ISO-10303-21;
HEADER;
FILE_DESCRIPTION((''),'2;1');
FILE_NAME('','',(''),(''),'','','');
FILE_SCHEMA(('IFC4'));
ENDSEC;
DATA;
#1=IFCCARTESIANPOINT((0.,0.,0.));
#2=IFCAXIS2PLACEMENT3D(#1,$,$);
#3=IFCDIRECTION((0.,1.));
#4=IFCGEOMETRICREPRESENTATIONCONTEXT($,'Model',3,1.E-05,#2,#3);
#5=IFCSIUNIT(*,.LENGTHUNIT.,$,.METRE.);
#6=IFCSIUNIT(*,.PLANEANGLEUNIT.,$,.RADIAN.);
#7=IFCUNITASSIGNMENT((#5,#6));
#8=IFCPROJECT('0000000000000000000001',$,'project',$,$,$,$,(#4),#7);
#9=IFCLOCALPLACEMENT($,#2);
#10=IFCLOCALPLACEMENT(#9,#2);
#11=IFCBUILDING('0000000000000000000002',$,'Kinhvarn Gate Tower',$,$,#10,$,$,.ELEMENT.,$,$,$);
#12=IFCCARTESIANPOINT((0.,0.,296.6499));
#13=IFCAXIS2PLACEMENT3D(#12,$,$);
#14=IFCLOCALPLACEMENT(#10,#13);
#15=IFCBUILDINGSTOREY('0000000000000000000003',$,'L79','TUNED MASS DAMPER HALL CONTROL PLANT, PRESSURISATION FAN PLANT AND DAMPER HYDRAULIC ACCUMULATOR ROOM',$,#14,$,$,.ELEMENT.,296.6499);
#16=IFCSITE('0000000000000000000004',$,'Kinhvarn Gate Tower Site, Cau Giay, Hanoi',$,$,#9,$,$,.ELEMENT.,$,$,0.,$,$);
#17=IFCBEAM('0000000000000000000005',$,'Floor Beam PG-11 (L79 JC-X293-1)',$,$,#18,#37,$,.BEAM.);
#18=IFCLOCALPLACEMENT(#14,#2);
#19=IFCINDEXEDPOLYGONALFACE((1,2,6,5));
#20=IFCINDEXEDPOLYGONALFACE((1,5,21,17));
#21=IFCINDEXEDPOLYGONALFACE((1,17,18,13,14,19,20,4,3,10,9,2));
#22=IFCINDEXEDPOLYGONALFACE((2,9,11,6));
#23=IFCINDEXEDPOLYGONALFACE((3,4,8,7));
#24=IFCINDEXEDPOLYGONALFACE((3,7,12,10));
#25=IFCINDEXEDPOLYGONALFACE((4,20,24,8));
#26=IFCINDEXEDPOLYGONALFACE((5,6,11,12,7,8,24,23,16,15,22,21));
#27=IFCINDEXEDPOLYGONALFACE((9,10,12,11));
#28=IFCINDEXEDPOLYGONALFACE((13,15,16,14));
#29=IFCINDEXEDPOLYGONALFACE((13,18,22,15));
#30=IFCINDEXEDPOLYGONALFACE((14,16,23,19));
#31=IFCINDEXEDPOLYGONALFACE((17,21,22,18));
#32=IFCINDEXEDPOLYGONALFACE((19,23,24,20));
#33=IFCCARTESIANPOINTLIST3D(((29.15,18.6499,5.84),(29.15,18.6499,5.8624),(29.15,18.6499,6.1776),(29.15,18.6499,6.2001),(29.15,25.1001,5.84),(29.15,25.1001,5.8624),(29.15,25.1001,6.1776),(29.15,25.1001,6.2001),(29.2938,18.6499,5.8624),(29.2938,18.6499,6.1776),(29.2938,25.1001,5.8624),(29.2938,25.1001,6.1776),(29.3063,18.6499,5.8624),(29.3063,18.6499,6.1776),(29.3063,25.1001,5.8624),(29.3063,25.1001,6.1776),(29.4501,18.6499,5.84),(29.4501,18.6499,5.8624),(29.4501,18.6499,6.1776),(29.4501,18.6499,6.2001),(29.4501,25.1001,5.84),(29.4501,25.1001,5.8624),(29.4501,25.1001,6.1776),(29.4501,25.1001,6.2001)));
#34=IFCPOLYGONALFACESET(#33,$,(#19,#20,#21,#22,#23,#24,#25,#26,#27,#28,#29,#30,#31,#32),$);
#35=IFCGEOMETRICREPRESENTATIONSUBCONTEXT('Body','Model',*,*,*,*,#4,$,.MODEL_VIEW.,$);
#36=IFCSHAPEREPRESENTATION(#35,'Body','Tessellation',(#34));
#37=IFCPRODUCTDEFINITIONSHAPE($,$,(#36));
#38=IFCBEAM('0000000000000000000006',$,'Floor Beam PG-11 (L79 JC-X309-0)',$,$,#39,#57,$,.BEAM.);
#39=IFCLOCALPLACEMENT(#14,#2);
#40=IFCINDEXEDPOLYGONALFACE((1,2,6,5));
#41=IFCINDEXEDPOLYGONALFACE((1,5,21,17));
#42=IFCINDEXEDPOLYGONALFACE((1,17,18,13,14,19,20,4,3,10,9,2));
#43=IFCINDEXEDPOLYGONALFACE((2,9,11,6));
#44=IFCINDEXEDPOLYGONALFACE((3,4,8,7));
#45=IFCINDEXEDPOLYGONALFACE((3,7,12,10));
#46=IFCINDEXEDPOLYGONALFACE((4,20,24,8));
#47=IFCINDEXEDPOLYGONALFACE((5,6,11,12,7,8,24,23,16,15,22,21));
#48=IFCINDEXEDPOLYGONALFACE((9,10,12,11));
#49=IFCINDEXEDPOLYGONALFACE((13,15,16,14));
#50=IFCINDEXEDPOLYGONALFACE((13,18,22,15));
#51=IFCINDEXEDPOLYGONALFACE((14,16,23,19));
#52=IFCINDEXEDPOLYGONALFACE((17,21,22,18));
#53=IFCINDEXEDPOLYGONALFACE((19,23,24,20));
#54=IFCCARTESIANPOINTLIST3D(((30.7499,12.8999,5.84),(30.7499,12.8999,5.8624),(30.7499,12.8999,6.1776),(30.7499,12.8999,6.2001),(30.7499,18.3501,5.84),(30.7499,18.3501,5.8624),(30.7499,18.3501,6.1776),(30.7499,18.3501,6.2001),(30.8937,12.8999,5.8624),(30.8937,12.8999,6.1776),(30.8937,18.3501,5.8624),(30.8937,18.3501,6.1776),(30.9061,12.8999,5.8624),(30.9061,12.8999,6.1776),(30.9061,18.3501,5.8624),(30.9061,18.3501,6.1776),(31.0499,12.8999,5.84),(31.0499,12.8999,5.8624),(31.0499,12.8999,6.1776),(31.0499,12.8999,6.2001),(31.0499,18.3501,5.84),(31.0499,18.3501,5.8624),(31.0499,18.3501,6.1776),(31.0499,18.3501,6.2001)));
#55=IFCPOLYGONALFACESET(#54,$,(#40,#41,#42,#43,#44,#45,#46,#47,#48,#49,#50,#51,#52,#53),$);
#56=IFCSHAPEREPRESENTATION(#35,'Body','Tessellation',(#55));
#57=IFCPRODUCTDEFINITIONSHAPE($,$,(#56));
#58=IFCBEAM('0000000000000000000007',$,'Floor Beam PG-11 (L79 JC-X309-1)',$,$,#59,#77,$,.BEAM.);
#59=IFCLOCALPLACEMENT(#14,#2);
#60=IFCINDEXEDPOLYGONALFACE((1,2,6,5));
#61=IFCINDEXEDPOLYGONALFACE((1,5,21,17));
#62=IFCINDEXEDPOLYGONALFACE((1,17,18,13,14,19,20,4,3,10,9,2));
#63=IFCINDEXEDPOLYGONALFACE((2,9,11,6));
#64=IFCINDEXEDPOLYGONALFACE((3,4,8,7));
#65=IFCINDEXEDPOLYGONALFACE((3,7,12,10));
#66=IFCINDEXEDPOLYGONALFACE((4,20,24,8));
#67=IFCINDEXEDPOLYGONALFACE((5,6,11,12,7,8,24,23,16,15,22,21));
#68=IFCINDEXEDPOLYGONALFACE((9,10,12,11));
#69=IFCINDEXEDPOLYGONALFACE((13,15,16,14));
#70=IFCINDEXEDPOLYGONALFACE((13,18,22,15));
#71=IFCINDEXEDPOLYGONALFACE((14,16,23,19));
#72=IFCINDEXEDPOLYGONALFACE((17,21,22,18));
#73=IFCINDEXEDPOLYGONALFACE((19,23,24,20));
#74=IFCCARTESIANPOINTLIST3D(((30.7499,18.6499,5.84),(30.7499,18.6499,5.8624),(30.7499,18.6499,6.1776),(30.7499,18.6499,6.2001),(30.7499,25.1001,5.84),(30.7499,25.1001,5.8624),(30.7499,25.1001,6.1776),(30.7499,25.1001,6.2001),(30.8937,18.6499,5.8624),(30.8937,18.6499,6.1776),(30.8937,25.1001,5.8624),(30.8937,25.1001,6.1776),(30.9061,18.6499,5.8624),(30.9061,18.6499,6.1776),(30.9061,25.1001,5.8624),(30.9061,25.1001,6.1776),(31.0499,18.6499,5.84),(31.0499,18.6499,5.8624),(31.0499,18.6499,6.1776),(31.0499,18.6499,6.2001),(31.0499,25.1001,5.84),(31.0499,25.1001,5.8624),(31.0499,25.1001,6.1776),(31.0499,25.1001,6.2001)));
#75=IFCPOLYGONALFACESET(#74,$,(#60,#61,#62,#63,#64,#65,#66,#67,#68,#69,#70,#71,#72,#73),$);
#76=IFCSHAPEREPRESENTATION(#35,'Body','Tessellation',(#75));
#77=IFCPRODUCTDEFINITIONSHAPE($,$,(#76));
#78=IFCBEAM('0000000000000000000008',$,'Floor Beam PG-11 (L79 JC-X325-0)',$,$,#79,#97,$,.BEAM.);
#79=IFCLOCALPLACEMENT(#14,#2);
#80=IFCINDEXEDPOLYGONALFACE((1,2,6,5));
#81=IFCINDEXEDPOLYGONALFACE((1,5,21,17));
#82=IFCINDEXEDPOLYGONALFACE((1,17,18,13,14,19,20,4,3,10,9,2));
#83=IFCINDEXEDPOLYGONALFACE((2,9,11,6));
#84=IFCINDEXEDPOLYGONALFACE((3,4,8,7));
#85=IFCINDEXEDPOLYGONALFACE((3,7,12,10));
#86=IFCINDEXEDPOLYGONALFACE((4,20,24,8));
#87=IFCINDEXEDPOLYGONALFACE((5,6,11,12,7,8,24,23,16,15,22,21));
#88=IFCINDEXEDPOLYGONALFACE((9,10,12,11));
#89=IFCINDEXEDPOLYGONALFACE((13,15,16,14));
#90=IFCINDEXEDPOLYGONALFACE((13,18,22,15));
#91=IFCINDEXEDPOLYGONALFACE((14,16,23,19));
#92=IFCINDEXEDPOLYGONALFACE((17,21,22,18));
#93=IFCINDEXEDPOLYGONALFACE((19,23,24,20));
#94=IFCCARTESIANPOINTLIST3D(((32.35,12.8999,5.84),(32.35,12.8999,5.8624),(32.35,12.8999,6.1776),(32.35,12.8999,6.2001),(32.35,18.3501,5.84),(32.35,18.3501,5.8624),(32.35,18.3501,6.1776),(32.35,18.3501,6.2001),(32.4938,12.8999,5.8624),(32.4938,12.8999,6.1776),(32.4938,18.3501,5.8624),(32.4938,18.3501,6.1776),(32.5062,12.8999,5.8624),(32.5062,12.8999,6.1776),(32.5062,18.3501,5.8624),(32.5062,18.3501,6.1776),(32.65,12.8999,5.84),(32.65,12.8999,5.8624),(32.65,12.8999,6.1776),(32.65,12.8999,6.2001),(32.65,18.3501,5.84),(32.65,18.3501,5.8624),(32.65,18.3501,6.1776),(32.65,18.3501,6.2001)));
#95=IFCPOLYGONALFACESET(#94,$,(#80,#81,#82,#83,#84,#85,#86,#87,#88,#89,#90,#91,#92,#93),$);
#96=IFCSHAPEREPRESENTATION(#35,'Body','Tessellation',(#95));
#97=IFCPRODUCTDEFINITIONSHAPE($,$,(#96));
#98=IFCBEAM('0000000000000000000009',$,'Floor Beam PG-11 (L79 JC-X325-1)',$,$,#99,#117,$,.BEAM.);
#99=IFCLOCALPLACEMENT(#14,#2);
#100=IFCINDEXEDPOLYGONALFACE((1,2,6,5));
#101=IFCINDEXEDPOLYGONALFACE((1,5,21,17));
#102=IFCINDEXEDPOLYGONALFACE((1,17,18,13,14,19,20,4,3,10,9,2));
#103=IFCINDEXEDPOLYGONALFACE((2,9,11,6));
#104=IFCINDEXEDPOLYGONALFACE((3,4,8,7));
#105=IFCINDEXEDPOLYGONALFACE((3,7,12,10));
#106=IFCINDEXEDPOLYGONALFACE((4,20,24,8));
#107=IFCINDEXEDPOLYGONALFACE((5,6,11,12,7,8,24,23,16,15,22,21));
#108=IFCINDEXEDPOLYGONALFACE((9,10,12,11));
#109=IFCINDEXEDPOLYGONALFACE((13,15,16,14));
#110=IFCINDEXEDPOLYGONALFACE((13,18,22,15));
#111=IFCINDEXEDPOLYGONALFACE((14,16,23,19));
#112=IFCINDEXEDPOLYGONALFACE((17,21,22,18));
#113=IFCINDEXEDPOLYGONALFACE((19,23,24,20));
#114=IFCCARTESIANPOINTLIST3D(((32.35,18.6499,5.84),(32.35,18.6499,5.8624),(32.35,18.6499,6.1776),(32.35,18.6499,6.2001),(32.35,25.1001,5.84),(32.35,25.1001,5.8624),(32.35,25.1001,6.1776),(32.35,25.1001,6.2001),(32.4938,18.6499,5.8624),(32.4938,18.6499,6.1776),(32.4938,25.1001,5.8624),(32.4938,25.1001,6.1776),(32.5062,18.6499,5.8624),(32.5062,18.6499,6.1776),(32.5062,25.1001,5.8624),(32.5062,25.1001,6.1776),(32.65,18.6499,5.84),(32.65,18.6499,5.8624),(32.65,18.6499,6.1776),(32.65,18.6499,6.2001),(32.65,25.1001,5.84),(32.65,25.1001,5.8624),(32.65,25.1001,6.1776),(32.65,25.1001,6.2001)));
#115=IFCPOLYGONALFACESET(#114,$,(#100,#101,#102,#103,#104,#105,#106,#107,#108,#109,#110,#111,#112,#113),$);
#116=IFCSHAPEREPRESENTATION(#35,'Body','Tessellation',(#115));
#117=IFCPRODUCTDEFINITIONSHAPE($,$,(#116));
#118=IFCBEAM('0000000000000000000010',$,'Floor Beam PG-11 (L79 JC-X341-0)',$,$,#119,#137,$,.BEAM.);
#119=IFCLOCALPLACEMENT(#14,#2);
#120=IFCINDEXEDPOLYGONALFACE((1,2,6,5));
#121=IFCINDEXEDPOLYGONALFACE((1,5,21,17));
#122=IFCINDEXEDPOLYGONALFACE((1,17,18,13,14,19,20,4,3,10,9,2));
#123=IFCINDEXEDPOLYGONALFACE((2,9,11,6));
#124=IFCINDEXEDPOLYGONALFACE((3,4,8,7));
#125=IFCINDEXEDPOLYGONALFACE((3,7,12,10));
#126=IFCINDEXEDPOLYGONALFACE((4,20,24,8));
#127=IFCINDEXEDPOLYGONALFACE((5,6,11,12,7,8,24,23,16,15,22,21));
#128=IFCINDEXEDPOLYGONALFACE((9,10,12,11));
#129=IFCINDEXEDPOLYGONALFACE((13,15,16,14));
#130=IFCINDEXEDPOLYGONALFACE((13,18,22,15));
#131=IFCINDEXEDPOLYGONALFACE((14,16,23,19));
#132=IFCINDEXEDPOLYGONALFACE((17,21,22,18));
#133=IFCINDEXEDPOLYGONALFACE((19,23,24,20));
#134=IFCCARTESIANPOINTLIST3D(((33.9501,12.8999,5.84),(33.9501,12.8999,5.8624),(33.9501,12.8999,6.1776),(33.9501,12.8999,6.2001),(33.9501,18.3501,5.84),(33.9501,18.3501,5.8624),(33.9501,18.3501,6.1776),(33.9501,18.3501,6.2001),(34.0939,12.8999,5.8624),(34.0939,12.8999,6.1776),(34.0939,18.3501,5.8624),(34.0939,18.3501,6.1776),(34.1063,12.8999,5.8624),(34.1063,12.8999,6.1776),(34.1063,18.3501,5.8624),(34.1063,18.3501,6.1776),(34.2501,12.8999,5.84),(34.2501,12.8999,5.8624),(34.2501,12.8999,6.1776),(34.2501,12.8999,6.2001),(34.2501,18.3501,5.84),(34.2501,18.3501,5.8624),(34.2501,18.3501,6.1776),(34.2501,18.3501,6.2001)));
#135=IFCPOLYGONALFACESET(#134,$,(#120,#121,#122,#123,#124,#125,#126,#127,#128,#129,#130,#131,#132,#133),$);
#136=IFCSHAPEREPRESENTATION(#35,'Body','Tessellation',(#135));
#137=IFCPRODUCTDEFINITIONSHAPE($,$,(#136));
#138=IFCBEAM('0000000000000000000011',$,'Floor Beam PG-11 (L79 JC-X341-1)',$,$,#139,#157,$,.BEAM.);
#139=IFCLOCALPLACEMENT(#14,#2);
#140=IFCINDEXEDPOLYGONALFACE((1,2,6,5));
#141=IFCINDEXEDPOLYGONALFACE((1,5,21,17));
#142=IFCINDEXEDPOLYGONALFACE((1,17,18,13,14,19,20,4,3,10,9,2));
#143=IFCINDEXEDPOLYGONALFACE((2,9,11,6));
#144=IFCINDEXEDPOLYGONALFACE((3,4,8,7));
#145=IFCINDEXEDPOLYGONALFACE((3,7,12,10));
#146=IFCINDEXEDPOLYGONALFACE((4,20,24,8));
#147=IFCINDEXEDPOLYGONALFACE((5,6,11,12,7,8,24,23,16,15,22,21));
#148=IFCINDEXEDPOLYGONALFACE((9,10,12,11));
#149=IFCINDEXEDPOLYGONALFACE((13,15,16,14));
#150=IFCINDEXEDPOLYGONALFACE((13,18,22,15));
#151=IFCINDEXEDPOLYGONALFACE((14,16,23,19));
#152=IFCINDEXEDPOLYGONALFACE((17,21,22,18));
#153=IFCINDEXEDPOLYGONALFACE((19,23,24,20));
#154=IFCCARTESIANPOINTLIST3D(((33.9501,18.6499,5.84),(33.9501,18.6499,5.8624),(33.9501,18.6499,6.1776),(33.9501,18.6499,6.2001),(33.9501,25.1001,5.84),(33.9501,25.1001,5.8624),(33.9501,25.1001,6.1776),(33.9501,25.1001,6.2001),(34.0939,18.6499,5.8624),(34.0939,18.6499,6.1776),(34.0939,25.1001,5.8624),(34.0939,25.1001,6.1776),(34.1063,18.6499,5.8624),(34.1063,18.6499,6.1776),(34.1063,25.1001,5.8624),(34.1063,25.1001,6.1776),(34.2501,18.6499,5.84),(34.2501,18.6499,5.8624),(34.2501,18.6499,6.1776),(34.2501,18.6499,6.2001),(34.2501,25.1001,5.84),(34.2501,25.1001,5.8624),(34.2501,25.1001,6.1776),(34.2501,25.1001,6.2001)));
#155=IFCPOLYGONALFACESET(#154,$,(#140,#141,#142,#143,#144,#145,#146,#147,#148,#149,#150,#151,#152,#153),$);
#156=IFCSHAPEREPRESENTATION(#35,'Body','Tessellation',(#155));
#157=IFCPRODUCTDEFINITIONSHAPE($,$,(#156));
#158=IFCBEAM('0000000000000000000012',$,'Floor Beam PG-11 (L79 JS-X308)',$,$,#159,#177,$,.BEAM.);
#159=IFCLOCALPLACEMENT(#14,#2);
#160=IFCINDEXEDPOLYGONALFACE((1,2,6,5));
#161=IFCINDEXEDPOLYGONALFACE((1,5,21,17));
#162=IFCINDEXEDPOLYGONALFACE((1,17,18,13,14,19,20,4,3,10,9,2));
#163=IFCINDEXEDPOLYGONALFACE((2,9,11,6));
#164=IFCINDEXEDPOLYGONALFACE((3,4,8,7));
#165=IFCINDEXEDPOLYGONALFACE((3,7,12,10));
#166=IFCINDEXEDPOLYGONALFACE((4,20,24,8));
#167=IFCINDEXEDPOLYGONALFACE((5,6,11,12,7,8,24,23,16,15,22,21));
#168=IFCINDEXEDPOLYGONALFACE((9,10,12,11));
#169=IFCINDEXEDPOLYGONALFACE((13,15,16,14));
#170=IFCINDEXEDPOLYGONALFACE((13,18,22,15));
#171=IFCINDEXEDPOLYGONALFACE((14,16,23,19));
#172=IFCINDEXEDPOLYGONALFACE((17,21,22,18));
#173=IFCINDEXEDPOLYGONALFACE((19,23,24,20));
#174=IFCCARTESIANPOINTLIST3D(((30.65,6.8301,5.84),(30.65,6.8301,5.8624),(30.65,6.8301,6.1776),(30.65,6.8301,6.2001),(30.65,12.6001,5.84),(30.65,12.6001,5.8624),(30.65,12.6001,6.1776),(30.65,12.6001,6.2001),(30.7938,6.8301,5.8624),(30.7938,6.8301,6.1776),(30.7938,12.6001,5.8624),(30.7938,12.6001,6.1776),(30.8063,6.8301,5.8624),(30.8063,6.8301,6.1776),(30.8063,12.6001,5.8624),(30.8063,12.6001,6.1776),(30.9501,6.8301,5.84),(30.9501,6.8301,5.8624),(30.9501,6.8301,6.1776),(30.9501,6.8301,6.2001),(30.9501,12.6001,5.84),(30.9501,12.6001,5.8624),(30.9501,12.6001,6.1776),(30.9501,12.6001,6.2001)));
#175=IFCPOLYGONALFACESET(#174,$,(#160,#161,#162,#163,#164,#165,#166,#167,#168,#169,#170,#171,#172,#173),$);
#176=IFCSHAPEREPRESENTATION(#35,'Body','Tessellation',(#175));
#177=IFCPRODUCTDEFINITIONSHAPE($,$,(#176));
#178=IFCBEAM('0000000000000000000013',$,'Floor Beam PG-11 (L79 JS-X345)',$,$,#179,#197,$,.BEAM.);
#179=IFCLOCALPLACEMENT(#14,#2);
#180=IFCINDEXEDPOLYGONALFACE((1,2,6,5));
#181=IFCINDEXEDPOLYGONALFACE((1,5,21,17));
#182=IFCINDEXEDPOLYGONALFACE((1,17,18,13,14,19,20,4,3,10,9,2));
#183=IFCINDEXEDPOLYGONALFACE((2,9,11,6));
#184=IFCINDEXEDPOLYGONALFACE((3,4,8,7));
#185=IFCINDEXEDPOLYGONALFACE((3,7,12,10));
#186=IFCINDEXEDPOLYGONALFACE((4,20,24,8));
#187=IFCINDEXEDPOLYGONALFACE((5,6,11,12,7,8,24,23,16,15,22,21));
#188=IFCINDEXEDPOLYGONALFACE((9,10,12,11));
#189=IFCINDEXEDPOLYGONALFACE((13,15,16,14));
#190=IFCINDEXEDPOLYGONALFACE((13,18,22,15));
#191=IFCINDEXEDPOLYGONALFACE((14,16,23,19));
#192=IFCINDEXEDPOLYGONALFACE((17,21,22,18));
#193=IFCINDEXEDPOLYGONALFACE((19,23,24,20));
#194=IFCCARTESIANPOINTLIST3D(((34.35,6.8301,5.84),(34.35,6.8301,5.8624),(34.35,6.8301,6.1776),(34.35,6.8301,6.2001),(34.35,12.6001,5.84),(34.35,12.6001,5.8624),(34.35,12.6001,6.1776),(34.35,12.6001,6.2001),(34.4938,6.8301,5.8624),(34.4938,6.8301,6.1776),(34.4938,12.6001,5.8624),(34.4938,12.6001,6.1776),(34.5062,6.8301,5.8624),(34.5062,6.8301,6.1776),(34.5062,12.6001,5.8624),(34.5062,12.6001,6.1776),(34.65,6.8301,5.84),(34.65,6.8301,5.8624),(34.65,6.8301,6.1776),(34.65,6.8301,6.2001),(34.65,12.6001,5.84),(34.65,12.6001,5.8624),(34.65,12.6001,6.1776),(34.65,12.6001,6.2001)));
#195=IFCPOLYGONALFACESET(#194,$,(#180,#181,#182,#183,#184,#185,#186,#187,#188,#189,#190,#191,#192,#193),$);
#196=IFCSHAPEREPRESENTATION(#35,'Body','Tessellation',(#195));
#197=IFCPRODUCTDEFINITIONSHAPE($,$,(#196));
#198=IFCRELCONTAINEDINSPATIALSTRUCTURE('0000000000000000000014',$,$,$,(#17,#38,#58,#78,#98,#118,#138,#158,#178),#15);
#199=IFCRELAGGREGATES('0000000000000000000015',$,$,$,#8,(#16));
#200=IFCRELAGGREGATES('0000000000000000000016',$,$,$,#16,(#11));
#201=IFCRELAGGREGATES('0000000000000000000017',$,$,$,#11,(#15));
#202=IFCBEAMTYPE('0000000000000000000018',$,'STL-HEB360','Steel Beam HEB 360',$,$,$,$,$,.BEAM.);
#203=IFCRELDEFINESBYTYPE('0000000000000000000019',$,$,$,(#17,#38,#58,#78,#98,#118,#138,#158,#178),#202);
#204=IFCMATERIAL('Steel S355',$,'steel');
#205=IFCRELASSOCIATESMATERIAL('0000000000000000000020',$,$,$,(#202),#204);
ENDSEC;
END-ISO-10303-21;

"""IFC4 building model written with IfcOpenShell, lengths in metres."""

from ifc_helpers import new_model, si_unit, direction, frame, origin, origin_2d, place, context, subcontext, project, spatial, i_section, extrude, material, material_profile, profile_set, type_object, element, save


model = new_model("IFC4")

# Units and contexts
model_context = context("Model", 3, precision=1e-05, world=origin(), true_north=direction((0.0, 1.0)))
body_context = subcontext(model_context, "Body", "Model", "MODEL_VIEW")
ifc_project = project(units=[si_unit("LENGTHUNIT", "METRE"), si_unit("PLANEANGLEUNIT", "RADIAN")], contexts=[model_context])

# Site, building, storey
site_placement = place(None, origin())
site = spatial("IfcSite", under=ifc_project, at=site_placement, Name="Kinhvarn Gate Tower Site, Cau Giay, Hanoi", CompositionType="ELEMENT", RefElevation=0.0)
building_placement = place(site_placement, origin())
building = spatial("IfcBuilding", under=site, at=building_placement, Name="Kinhvarn Gate Tower", CompositionType="ELEMENT")
storey_placement = place(building_placement, frame((0.0, 0.0, 296.6499)))
storey = spatial("IfcBuildingStorey", under=building, at=storey_placement, Name="L79", Description="TUNED MASS DAMPER HALL CONTROL PLANT, PRESSURISATION FAN PLANT AND DAMPER HYDRAULIC ACCUMULATOR ROOM", CompositionType="ELEMENT", Elevation=296.6499)

# Shared definitions
ifc_material_1 = material(Name="Steel S355", Category="steel")

# Beams
ifc_material_profile_1 = material_profile(ifc_material_1, i_section(OverallWidth=0.3, OverallDepth=0.3601, WebThickness=0.0125, FlangeThickness=0.0225, at=origin_2d()), Name="HEB 360")
ifc_profile_set_1 = profile_set([ifc_material_profile_1], Name="Steel S355")
beam_type_1 = type_object("IfcBeamType", Name="STL-HEB360", Description="Steel Beam HEB 360", PredefinedType="BEAM", material=ifc_profile_set_1)
beam_1_placement = place(storey_placement, frame((29.3, 18.6499, 6.02), z_axis=(0.0, 1.0, 0.0), x_axis=(-1.0, 0.0, 0.0)))
element("IfcBeam", 1, at=beam_1_placement, inside=storey, type_object=beam_type_1, Name="Floor Beam PG-11 (L79 JC-X293-1)", PredefinedType="BEAM", context=body_context, shape_type="SweptSolid", body=[
    extrude(i_section(OverallWidth=0.3, OverallDepth=0.3601, WebThickness=0.0125, FlangeThickness=0.0225, at=origin_2d()), origin(), (0.0, 0.0, 1.0), 6.4502),
])
beam_2_placement = place(storey_placement, frame((30.8999, 12.8999, 6.02), z_axis=(0.0, 1.0, 0.0), x_axis=(-1.0, 0.0, 0.0)))
element("IfcBeam", 2, at=beam_2_placement, inside=storey, type_object=beam_type_1, Name="Floor Beam PG-11 (L79 JC-X309-0)", PredefinedType="BEAM", context=body_context, shape_type="SweptSolid", body=[
    extrude(i_section(OverallWidth=0.3, OverallDepth=0.3601, WebThickness=0.0125, FlangeThickness=0.0225, at=origin_2d()), origin(), (0.0, 0.0, 1.0), 5.4502),
])
beam_3_placement = place(storey_placement, frame((30.8999, 18.6499, 6.02), z_axis=(0.0, 1.0, 0.0), x_axis=(-1.0, 0.0, 0.0)))
element("IfcBeam", 3, at=beam_3_placement, inside=storey, type_object=beam_type_1, Name="Floor Beam PG-11 (L79 JC-X309-1)", PredefinedType="BEAM", context=body_context, shape_type="SweptSolid", body=[
    extrude(i_section(OverallWidth=0.3, OverallDepth=0.3601, WebThickness=0.0125, FlangeThickness=0.0225, at=origin_2d()), origin(), (0.0, 0.0, 1.0), 6.4502),
])
beam_4_placement = place(storey_placement, frame((32.5, 12.8999, 6.02), z_axis=(0.0, 1.0, 0.0), x_axis=(-1.0, 0.0, 0.0)))
element("IfcBeam", 4, at=beam_4_placement, inside=storey, type_object=beam_type_1, Name="Floor Beam PG-11 (L79 JC-X325-0)", PredefinedType="BEAM", context=body_context, shape_type="SweptSolid", body=[
    extrude(i_section(OverallWidth=0.3, OverallDepth=0.3601, WebThickness=0.0125, FlangeThickness=0.0225, at=origin_2d()), origin(), (0.0, 0.0, 1.0), 5.4502),
])
beam_5_placement = place(storey_placement, frame((32.5, 18.6499, 6.02), z_axis=(0.0, 1.0, 0.0), x_axis=(-1.0, 0.0, 0.0)))
element("IfcBeam", 5, at=beam_5_placement, inside=storey, type_object=beam_type_1, Name="Floor Beam PG-11 (L79 JC-X325-1)", PredefinedType="BEAM", context=body_context, shape_type="SweptSolid", body=[
    extrude(i_section(OverallWidth=0.3, OverallDepth=0.3601, WebThickness=0.0125, FlangeThickness=0.0225, at=origin_2d()), origin(), (0.0, 0.0, 1.0), 6.4502),
])
beam_6_placement = place(storey_placement, frame((34.1001, 12.8999, 6.02), z_axis=(0.0, 1.0, 0.0), x_axis=(-1.0, 0.0, 0.0)))
element("IfcBeam", 6, at=beam_6_placement, inside=storey, type_object=beam_type_1, Name="Floor Beam PG-11 (L79 JC-X341-0)", PredefinedType="BEAM", context=body_context, shape_type="SweptSolid", body=[
    extrude(i_section(OverallWidth=0.3, OverallDepth=0.3601, WebThickness=0.0125, FlangeThickness=0.0225, at=origin_2d()), origin(), (0.0, 0.0, 1.0), 5.4502),
])
beam_7_placement = place(storey_placement, frame((34.1001, 18.6499, 6.02), z_axis=(0.0, 1.0, 0.0), x_axis=(-1.0, 0.0, 0.0)))
element("IfcBeam", 7, at=beam_7_placement, inside=storey, type_object=beam_type_1, Name="Floor Beam PG-11 (L79 JC-X341-1)", PredefinedType="BEAM", context=body_context, shape_type="SweptSolid", body=[
    extrude(i_section(OverallWidth=0.3, OverallDepth=0.3601, WebThickness=0.0125, FlangeThickness=0.0225, at=origin_2d()), origin(), (0.0, 0.0, 1.0), 6.4502),
])
for number, where, z_axis, x_axis, name in (
    (8, (30.8, 6.8301, 6.02), (0.0, 1.0, 0.0), (-1.0, 0.0, 0.0), "Floor Beam PG-11 (L79 JS-X308)"),
    (9, (34.5, 6.8301, 6.02), (0.0, 1.0, 0.0), (-1.0, 0.0, 0.0), "Floor Beam PG-11 (L79 JS-X345)"),
):
    element("IfcBeam", number, at=place(storey_placement, frame(where, z_axis=z_axis, x_axis=x_axis)), inside=storey, type_object=beam_type_1, Name=name, PredefinedType="BEAM", context=body_context, shape_type="SweptSolid", body=[
        extrude(i_section(OverallWidth=0.3, OverallDepth=0.3601, WebThickness=0.0125, FlangeThickness=0.0225, at=origin_2d()), origin(), (0.0, 0.0, 1.0), 5.77),
    ])

save(model, "model.ifc")
